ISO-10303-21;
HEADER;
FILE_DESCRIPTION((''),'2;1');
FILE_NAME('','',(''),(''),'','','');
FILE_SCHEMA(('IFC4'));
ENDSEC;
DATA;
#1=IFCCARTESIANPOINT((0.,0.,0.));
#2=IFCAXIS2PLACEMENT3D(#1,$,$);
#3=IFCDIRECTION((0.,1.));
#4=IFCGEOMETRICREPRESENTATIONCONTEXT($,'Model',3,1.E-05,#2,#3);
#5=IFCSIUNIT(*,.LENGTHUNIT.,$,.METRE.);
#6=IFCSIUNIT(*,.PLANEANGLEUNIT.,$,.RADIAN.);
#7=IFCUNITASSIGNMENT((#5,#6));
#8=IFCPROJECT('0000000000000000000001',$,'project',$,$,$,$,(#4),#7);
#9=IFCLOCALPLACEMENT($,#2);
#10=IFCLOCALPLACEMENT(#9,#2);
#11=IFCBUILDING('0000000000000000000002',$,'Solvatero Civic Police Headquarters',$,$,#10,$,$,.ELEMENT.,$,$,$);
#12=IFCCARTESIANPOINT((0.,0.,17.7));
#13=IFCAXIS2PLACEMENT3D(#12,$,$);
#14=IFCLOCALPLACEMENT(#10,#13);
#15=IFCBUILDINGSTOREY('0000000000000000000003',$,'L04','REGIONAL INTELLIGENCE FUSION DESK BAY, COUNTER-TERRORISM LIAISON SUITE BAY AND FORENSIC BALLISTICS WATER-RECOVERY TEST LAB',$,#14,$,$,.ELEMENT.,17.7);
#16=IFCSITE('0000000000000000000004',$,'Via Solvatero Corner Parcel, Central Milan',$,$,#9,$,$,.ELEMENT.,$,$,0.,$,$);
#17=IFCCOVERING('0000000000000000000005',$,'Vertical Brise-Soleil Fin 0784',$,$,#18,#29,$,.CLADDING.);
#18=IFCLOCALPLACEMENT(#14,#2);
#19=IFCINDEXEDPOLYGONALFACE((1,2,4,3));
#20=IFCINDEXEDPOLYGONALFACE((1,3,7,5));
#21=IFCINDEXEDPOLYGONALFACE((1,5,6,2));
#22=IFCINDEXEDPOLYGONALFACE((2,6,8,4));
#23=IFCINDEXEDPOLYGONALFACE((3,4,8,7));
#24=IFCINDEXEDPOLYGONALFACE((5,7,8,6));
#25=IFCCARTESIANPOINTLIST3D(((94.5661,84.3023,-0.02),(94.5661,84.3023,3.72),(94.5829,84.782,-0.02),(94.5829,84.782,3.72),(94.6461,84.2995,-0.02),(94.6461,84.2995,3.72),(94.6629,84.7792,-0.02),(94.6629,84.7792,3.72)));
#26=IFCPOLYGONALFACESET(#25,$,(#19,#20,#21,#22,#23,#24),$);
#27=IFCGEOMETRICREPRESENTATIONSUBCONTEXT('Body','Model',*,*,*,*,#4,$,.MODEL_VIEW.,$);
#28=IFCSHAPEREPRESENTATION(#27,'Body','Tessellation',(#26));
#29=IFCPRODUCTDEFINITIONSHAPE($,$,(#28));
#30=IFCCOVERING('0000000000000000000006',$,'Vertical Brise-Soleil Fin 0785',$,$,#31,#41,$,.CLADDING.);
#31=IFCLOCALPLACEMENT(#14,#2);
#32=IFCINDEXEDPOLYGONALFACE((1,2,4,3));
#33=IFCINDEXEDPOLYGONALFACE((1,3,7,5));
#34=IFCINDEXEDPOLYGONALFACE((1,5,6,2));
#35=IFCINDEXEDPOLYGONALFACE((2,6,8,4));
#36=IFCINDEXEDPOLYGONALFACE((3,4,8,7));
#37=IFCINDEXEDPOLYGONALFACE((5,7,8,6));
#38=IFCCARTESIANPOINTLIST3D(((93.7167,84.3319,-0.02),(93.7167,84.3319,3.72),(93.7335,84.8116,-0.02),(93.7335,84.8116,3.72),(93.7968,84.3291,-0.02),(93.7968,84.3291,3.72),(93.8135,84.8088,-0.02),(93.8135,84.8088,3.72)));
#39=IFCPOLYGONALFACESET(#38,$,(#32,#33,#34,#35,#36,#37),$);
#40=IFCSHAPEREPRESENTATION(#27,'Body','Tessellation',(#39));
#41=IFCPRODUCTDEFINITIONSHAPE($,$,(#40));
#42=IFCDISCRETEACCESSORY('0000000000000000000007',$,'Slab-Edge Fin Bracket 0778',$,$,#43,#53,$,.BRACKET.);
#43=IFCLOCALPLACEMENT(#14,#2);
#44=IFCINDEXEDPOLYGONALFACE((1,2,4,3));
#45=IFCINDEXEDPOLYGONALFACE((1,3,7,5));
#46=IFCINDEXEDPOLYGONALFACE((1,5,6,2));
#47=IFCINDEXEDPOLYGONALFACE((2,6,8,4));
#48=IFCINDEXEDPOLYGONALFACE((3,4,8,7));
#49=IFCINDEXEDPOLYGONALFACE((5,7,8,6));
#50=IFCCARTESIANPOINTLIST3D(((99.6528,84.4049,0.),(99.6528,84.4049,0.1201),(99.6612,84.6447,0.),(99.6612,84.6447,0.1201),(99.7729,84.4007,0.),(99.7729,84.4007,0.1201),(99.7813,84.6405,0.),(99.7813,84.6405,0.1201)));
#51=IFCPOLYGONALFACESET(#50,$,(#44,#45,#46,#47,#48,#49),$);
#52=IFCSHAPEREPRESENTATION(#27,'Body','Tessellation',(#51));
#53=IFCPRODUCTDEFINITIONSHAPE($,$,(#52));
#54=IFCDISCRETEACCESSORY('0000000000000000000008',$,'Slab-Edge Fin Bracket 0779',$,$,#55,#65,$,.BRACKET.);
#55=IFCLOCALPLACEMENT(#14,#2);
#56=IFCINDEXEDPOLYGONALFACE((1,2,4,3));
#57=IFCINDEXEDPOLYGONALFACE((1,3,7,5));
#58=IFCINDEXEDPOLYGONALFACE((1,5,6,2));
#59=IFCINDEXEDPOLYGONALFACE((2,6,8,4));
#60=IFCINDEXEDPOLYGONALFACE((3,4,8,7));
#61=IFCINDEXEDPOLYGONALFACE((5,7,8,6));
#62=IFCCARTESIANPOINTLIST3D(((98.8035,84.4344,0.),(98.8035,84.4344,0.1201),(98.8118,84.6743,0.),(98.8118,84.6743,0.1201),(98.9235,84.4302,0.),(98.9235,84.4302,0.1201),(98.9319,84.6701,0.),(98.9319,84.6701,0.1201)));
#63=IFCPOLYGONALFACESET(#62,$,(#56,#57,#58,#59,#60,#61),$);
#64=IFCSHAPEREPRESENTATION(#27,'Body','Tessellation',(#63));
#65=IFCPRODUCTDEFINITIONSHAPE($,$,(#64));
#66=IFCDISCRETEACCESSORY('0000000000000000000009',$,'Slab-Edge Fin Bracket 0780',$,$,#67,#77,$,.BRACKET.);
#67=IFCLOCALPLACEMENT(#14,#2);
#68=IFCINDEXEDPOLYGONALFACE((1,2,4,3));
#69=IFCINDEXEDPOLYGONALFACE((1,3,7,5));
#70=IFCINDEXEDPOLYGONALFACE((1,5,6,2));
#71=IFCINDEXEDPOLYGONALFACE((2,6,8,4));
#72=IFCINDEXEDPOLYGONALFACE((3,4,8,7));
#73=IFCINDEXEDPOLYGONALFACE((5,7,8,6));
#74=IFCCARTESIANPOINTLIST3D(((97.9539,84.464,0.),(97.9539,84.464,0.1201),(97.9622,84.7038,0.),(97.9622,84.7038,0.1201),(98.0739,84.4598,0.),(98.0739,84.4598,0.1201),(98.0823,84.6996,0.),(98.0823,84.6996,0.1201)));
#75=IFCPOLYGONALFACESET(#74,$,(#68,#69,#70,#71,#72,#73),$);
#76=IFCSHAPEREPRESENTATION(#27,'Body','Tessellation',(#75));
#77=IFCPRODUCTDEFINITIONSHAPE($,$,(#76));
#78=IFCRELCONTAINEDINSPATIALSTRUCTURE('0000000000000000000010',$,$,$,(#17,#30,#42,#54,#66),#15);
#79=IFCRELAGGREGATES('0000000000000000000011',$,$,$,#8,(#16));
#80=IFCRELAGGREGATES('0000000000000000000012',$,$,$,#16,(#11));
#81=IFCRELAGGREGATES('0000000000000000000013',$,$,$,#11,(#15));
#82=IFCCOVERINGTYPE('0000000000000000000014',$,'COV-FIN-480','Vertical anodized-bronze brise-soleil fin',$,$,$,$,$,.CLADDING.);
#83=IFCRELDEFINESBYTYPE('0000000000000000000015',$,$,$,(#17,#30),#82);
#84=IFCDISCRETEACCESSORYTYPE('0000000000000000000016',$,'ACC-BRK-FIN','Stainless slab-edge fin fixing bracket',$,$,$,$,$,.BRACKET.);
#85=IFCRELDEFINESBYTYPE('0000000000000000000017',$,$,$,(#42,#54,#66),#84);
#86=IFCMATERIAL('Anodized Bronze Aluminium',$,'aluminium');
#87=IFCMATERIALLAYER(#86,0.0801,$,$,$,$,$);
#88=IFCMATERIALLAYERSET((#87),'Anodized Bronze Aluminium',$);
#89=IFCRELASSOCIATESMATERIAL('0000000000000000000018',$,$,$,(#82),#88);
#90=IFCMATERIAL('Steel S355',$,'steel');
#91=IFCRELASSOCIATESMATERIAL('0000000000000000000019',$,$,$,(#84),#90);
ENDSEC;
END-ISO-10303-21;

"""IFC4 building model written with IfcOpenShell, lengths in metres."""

from ifc_helpers import new_model, si_unit, direction, frame, origin, origin_2d, place, context, subcontext, project, spatial, rectangle, extrude, material, layer, layer_set, type_object, element, save


model = new_model("IFC4")

# Units and contexts
model_context = context("Model", 3, precision=1e-05, world=origin(), true_north=direction((0.0, 1.0)))
body_context = subcontext(model_context, "Body", "Model", "MODEL_VIEW")
ifc_project = project(units=[si_unit("LENGTHUNIT", "METRE"), si_unit("PLANEANGLEUNIT", "RADIAN")], contexts=[model_context])

# Site, building, storey
site_placement = place(None, origin())
site = spatial("IfcSite", under=ifc_project, at=site_placement, Name="Via Solvatero Corner Parcel, Central Milan", CompositionType="ELEMENT", RefElevation=0.0)
building_placement = place(site_placement, origin())
building = spatial("IfcBuilding", under=site, at=building_placement, Name="Solvatero Civic Police Headquarters", CompositionType="ELEMENT")
storey_placement = place(building_placement, frame((0.0, 0.0, 17.7)))
storey = spatial("IfcBuildingStorey", under=building, at=storey_placement, Name="L04", Description="REGIONAL INTELLIGENCE FUSION DESK BAY, COUNTER-TERRORISM LIAISON SUITE BAY AND FORENSIC BALLISTICS WATER-RECOVERY TEST LAB", CompositionType="ELEMENT", Elevation=17.7)

# Shared definitions
ifc_material_1 = material(Name="Steel S355", Category="steel")

# Shared definitions
ifc_material_2 = material(Name="Anodized Bronze Aluminium", Category="aluminium")

# Coverings
ifc_layer_1 = layer(ifc_material_2, 0.0801)
ifc_layer_set_1 = layer_set([ifc_layer_1], Name="Anodized Bronze Aluminium")
covering_type = type_object("IfcCoveringType", Name="COV-FIN-480", Description="Vertical anodized-bronze brise-soleil fin", PredefinedType="CLADDING", material=ifc_layer_set_1)
for number, where, z_axis, x_axis, name in (
    (1, (94.6145, 84.5408, -0.02), (0.0, 0.0, 1.0), (-0.99939, 0.034917, 0.0), "Vertical Brise-Soleil Fin 0784"),
    (2, (93.7651, 84.5703, -0.02), (0.0, 0.0, 1.0), (-0.99939, 0.034917, 0.0), "Vertical Brise-Soleil Fin 0785"),
):
    element("IfcCovering", number, at=place(storey_placement, frame(where, z_axis=z_axis, x_axis=x_axis)), inside=storey, type_object=covering_type, Name=name, PredefinedType="CLADDING", context=body_context, shape_type="SweptSolid", body=[
        extrude(rectangle(XDim=0.0801, YDim=0.48, at=origin_2d()), origin(), (0.0, 0.0, 1.0), 3.74),
    ])

# Discrete accessories
discrete_accessory_type = type_object("IfcDiscreteAccessoryType", Name="ACC-BRK-FIN", Description="Stainless slab-edge fin fixing bracket", PredefinedType="BRACKET", material=ifc_material_1)
for number, where, z_axis, x_axis, name in (
    (3, (99.717, 84.5227, 0.0), (0.0, 0.0, 1.0), (-0.99939, 0.034917, 0.0), "Slab-Edge Fin Bracket 0778"),
    (4, (98.8677, 84.5522, 0.0), (0.0, 0.0, 1.0), (-0.99939, 0.034917, 0.0), "Slab-Edge Fin Bracket 0779"),
    (5, (98.0181, 84.5818, 0.0), (0.0, 0.0, 1.0), (-0.99939, 0.034917, 0.0), "Slab-Edge Fin Bracket 0780"),
):
    element("IfcDiscreteAccessory", number, at=place(storey_placement, frame(where, z_axis=z_axis, x_axis=x_axis)), inside=storey, type_object=discrete_accessory_type, Name=name, PredefinedType="BRACKET", context=body_context, shape_type="SweptSolid", body=[
        extrude(rectangle(XDim=0.1201, YDim=0.24, at=origin_2d()), origin(), (0.0, 0.0, 1.0), 0.1201),
    ])

save(model, "model.ifc")
